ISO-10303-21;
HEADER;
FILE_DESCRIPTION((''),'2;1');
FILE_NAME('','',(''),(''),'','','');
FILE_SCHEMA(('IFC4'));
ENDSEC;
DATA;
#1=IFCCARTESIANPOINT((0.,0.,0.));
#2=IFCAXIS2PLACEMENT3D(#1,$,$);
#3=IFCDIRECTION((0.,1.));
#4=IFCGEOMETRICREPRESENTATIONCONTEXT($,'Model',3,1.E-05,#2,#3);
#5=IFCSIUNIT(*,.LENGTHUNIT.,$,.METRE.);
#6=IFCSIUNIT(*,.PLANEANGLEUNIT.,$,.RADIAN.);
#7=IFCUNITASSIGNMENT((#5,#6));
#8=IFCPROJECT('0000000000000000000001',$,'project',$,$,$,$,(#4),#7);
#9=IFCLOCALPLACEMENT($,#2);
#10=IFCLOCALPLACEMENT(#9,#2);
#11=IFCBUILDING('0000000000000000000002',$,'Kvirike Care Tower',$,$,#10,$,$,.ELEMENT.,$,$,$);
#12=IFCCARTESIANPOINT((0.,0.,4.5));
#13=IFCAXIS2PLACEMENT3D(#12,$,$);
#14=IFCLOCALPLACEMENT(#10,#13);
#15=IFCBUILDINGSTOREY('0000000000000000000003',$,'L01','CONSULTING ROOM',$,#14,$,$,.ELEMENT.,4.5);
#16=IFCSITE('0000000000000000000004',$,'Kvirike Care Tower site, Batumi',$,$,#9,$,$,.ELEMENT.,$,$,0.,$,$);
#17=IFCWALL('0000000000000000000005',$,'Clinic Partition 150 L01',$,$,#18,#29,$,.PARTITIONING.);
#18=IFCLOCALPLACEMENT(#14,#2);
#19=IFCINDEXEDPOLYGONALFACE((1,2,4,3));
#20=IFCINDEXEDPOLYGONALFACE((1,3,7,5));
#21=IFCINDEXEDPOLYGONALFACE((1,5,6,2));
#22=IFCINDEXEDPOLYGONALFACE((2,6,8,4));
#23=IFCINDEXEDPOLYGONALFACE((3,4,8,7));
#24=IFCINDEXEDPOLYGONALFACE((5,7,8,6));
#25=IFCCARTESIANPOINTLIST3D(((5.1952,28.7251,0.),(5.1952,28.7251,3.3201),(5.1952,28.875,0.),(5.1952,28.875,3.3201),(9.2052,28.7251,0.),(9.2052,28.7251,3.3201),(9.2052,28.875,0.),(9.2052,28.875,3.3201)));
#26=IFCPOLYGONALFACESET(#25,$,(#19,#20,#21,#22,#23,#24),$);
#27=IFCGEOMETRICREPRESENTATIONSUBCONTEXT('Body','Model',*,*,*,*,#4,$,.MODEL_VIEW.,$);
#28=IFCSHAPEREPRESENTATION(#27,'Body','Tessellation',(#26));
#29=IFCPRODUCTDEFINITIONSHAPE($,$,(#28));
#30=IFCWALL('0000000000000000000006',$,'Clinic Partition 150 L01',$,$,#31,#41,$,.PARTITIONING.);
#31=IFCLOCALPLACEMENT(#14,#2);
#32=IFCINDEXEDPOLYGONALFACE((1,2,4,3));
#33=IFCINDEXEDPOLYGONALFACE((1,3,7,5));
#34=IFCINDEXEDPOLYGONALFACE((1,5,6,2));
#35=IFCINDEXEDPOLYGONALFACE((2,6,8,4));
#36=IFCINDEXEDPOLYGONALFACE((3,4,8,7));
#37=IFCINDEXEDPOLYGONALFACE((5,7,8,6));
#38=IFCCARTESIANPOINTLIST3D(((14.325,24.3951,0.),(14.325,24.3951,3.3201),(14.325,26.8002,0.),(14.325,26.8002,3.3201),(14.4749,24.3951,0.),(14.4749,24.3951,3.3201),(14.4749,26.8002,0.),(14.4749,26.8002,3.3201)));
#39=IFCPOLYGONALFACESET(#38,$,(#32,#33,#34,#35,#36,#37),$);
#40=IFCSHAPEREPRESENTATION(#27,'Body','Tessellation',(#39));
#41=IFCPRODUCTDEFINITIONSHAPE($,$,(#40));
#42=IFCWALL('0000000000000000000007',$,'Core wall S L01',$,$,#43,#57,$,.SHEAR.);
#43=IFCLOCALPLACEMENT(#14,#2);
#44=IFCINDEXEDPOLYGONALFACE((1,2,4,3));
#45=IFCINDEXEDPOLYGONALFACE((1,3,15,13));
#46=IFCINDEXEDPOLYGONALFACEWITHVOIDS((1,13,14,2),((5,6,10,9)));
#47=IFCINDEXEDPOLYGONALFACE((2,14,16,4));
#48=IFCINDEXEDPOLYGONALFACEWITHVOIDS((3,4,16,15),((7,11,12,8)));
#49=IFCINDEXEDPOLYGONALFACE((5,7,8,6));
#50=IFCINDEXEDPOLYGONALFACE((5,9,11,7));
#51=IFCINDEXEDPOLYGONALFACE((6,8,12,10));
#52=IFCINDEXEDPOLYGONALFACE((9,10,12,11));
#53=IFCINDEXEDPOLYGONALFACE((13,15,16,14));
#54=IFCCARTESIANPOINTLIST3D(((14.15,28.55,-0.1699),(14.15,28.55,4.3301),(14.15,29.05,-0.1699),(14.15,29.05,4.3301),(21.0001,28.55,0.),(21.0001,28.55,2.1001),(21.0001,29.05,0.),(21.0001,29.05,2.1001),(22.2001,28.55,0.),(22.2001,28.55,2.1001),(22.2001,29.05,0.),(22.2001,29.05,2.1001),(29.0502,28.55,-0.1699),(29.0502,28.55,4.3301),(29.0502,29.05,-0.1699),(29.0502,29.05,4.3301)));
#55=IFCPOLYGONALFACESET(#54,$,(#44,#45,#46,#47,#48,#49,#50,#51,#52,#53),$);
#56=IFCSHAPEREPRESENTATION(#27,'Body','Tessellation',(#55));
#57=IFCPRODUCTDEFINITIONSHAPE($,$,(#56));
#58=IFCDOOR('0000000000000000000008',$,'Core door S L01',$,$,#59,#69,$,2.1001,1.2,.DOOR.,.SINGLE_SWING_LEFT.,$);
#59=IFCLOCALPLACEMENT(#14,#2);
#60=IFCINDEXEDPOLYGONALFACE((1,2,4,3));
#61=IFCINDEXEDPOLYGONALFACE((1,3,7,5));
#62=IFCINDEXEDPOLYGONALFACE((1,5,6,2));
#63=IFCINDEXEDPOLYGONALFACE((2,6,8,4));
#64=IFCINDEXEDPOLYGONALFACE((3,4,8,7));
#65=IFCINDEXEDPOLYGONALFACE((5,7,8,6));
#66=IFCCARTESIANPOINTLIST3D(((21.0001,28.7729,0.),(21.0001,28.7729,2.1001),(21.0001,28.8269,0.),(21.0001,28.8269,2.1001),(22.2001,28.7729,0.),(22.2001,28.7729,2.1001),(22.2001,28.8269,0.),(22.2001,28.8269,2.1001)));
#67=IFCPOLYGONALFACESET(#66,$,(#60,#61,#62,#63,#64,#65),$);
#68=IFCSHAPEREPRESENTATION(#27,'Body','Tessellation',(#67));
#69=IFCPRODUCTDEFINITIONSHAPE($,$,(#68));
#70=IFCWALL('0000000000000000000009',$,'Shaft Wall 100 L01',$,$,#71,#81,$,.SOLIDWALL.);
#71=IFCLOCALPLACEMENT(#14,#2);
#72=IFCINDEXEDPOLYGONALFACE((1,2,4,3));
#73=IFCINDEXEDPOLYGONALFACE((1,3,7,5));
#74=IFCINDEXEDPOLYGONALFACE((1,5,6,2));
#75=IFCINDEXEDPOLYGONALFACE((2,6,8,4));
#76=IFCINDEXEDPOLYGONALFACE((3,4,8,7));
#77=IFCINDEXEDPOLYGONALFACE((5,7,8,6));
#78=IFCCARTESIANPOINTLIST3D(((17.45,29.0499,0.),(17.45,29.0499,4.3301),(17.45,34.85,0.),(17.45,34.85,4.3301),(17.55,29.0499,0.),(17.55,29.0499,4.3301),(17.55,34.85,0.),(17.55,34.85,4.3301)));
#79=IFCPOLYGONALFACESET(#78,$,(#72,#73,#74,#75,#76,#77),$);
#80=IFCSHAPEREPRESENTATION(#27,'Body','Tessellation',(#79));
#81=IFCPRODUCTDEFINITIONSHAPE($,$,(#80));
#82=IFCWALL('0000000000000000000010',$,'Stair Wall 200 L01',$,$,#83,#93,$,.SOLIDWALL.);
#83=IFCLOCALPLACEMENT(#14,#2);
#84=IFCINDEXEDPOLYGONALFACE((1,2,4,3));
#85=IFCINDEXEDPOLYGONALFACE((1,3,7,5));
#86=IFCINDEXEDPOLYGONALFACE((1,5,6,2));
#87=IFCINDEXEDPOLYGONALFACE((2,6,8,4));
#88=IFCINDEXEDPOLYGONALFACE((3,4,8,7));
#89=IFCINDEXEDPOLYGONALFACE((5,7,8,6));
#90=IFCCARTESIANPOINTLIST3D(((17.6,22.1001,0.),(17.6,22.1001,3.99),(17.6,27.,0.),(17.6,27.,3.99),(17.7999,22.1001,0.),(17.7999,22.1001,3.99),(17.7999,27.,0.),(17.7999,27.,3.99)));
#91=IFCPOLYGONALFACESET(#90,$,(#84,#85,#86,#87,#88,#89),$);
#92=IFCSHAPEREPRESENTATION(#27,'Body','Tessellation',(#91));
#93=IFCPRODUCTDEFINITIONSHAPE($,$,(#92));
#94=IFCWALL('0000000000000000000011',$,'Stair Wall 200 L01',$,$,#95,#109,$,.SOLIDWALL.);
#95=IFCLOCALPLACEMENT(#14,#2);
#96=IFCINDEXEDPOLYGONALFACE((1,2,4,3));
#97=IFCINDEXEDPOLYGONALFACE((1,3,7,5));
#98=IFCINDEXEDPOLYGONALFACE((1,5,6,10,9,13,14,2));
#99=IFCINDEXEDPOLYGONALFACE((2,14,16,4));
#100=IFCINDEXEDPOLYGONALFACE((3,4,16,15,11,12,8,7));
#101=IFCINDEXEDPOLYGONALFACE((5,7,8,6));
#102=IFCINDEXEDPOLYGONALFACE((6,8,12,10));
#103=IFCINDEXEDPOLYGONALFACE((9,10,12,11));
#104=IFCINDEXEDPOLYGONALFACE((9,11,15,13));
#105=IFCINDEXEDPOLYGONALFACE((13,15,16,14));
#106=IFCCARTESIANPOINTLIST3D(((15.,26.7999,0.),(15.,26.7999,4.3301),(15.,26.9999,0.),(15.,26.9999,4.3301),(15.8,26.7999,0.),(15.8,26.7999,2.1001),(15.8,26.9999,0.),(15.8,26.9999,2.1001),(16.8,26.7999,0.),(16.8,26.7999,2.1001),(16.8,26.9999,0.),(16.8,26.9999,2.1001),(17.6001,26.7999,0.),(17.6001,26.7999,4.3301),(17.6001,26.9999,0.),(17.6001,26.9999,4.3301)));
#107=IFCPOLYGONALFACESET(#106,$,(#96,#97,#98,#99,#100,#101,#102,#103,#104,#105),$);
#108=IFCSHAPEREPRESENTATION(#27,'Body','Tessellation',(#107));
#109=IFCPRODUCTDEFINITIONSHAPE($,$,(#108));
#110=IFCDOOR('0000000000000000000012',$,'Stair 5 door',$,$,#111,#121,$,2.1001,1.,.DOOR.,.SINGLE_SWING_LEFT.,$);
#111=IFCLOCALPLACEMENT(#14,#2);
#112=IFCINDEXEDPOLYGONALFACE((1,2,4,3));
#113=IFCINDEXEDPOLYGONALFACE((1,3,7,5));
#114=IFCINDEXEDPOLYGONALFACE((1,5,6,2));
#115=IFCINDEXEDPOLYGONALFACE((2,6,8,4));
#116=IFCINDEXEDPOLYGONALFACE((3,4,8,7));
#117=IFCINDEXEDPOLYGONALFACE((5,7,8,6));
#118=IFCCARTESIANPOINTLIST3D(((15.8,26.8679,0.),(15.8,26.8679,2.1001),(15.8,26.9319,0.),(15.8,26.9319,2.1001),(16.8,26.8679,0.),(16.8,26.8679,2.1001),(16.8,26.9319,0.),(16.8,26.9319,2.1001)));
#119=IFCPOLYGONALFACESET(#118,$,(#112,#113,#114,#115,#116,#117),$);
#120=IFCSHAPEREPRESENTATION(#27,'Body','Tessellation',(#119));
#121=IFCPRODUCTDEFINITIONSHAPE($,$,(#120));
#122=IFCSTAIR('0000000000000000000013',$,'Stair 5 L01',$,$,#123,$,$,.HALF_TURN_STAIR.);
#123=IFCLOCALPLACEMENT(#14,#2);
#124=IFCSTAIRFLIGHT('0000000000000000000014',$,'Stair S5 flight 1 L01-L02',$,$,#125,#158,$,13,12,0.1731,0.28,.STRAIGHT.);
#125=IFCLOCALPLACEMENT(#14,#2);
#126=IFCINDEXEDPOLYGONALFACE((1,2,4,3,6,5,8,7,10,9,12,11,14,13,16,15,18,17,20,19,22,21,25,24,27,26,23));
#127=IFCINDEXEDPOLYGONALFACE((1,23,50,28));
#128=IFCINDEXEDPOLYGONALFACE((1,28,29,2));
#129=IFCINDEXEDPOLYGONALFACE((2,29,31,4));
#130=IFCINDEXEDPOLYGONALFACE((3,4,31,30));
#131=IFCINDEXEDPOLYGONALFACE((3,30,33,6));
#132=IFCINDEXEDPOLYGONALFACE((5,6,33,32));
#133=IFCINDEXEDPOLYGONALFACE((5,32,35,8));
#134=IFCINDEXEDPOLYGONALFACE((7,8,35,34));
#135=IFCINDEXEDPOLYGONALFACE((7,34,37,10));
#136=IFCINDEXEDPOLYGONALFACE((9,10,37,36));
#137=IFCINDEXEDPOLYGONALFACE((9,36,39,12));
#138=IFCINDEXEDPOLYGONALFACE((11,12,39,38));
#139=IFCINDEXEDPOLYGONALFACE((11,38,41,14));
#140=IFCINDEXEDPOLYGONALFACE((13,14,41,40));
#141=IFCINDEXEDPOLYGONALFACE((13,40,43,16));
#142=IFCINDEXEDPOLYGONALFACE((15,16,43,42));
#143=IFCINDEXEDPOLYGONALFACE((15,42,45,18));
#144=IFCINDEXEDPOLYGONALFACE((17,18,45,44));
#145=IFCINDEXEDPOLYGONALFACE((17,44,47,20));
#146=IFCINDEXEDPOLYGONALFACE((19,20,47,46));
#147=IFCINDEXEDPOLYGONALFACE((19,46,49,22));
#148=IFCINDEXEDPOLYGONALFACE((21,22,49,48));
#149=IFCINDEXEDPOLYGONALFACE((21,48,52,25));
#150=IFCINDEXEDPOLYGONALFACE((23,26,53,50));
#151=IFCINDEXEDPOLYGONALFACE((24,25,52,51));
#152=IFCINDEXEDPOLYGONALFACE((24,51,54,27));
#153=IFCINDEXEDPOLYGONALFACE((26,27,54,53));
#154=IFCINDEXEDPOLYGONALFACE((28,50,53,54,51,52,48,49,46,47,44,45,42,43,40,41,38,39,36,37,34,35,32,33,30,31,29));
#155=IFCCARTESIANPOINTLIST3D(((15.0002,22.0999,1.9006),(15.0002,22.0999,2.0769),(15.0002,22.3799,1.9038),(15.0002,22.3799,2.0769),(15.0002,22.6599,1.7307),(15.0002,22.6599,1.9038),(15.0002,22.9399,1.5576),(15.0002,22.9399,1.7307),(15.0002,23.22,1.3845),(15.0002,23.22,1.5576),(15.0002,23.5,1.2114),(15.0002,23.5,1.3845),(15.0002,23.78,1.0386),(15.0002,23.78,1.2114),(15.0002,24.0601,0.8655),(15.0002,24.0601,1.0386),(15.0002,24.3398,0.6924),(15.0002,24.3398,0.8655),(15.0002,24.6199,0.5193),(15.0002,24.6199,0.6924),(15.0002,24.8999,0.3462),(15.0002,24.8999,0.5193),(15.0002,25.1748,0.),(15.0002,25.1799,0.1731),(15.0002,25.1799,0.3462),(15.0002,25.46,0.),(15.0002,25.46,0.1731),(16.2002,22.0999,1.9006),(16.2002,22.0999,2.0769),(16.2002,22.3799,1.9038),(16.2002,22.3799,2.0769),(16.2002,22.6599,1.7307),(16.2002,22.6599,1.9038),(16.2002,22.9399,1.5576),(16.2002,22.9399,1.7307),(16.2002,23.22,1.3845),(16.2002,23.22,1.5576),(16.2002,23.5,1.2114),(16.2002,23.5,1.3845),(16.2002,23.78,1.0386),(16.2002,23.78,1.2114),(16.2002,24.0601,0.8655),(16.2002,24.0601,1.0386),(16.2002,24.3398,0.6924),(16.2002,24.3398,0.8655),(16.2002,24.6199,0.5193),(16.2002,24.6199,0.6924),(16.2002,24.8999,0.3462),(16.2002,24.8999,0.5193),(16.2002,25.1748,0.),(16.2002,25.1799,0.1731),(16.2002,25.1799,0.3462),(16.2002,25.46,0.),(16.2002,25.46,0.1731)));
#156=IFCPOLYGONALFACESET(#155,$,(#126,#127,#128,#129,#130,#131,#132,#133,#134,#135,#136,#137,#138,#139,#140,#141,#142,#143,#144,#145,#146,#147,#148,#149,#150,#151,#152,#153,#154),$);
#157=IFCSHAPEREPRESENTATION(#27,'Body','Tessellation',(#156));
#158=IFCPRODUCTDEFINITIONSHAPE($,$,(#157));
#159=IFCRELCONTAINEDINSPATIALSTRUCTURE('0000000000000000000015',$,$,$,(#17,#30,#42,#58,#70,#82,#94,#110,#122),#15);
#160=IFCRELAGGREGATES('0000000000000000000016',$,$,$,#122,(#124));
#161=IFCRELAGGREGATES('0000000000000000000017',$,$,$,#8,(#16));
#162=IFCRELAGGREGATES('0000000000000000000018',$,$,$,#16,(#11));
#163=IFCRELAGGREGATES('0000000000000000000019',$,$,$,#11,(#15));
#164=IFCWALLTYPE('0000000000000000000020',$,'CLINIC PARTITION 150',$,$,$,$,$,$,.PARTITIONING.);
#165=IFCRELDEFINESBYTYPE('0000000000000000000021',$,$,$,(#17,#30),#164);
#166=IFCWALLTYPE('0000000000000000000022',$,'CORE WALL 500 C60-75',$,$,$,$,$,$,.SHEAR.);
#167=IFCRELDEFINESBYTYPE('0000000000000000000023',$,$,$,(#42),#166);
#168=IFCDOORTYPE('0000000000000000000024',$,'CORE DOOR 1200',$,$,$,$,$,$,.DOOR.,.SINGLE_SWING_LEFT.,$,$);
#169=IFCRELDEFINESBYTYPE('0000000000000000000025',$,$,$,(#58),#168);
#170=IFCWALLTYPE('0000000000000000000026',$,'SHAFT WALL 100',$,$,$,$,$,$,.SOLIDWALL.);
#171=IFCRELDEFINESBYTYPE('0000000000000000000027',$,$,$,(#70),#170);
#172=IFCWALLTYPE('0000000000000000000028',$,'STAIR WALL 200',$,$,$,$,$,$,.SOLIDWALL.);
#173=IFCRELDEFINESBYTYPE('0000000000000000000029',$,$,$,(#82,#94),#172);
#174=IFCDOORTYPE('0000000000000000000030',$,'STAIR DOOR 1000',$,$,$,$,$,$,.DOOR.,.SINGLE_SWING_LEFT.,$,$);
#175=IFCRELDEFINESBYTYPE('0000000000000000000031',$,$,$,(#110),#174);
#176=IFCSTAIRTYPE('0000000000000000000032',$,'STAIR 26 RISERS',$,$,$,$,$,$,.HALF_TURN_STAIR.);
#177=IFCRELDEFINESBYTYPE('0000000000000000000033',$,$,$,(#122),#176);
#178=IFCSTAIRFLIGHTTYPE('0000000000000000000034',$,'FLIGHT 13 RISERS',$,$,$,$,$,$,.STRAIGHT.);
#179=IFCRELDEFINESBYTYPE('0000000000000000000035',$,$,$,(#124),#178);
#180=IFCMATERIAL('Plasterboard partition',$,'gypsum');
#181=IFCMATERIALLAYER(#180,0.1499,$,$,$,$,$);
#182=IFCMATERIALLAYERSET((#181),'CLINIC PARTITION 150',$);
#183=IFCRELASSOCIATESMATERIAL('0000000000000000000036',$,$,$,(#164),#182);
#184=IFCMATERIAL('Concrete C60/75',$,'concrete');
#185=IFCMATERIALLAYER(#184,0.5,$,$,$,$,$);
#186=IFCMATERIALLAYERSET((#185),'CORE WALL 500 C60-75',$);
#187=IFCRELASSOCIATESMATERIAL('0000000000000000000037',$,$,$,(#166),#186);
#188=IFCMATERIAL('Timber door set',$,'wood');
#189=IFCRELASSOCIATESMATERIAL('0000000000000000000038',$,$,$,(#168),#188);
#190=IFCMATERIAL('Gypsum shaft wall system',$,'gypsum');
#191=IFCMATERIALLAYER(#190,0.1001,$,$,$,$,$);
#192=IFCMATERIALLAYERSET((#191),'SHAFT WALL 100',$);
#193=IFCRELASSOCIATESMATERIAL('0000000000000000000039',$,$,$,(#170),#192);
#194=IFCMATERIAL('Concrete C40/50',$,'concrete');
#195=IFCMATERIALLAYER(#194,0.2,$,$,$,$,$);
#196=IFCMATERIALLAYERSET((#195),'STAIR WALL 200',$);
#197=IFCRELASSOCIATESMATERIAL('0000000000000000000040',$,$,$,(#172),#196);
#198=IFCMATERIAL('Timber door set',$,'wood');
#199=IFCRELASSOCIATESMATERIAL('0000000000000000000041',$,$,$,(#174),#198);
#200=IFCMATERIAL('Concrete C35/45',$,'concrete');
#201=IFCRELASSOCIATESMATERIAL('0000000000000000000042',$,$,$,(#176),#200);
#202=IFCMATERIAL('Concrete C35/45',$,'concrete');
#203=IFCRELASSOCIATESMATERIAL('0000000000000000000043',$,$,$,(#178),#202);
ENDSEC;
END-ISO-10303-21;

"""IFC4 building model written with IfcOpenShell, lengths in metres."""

from ifc_helpers import new_model, si_unit, direction, frame, frame_2d, origin, place, context, subcontext, project, spatial, polyline, rectangle, outline, extrude, material, layer, layer_set, type_object, element, fill, aggregate, save


model = new_model("IFC4")

# Units and contexts
model_context = context("Model", 3, precision=1e-05, world=origin(), true_north=direction((0.0, 1.0)))
body_context = subcontext(model_context, "Body", "Model", "MODEL_VIEW")
ifc_project = project(units=[si_unit("LENGTHUNIT", "METRE"), si_unit("PLANEANGLEUNIT", "RADIAN")], contexts=[model_context])

# Site, building, storey
site_placement = place(None, origin())
site = spatial("IfcSite", under=ifc_project, at=site_placement, Name="Kvirike Care Tower site, Batumi", CompositionType="ELEMENT", RefElevation=0.0)
building_placement = place(site_placement, origin())
building = spatial("IfcBuilding", under=site, at=building_placement, Name="Kvirike Care Tower", CompositionType="ELEMENT")
storey_placement = place(building_placement, frame((0.0, 0.0, 4.5)))
storey = spatial("IfcBuildingStorey", under=building, at=storey_placement, Name="L01", Description="CONSULTING ROOM", CompositionType="ELEMENT", Elevation=4.5)

# Walls
ifc_material_1 = material(Name="Plasterboard partition", Category="gypsum")
ifc_layer_1 = layer(ifc_material_1, 0.1499)
ifc_layer_set_1 = layer_set([ifc_layer_1], Name="CLINIC PARTITION 150")
wall_type_1 = type_object("IfcWallType", Name="CLINIC PARTITION 150", PredefinedType="PARTITIONING", material=ifc_layer_set_1)
wall_1_placement = place(storey_placement, frame((9.2051, 28.8, 0.0), z_axis=(0.0, 0.0, 1.0), x_axis=(-1.0, 0.0, 0.0)))
element("IfcWall", 1, at=wall_1_placement, inside=storey, type_object=wall_type_1, Name="Clinic Partition 150 L01", PredefinedType="PARTITIONING", context=body_context, shape_type="SweptSolid", body=[
    extrude(rectangle(XDim=4.01, YDim=0.1499, at=frame_2d((2.0049, 0.0))), origin(), (0.0, 0.0, 1.0), 3.3201),
])
wall_2_placement = place(storey_placement, frame((14.3999, 24.395, 0.0), z_axis=(0.0, 0.0, 1.0), x_axis=(0.0, 1.0, 0.0)))
element("IfcWall", 2, at=wall_2_placement, inside=storey, type_object=wall_type_1, Name="Clinic Partition 150 L01", PredefinedType="PARTITIONING", context=body_context, shape_type="SweptSolid", body=[
    extrude(rectangle(XDim=2.405, YDim=0.1499, at=frame_2d((1.2026, 0.0))), origin(), (0.0, 0.0, 1.0), 3.3201),
])

# Wall, opening, door
ifc_material_2 = material(Name="Concrete C60/75", Category="concrete")
ifc_layer_2 = layer(ifc_material_2, 0.5)
ifc_layer_set_2 = layer_set([ifc_layer_2], Name="CORE WALL 500 C60-75")
wall_type_2 = type_object("IfcWallType", Name="CORE WALL 500 C60-75", PredefinedType="SHEAR", material=ifc_layer_set_2)
wall_3_placement = place(storey_placement, frame((14.1499, 28.8, -0.1699), z_axis=(0.0, 0.0, 1.0), x_axis=(1.0, 0.0, 0.0)))
wall_3 = element("IfcWall", 3, at=wall_3_placement, inside=storey, type_object=wall_type_2, Name="Core wall S L01", PredefinedType="SHEAR", context=body_context, shape_type="SweptSolid", body=[
    extrude(rectangle(XDim=14.9001, YDim=0.5, at=frame_2d((7.4502, 0.0))), origin(), (0.0, 0.0, 1.0), 4.5),
])
opening_1_placement = place(wall_3_placement, frame((6.8501, 0.0, 0.1699)))
opening_1 = element("IfcOpeningElement", 4, at=opening_1_placement, cuts=wall_3, PredefinedType="OPENING", context=body_context, shape_type="SweptSolid", body=[
    extrude(rectangle(XDim=1.2, YDim=2.1001, at=frame_2d((0.6001, 1.05))), frame((0.0, 0.2605, 0.0), z_axis=(0.0, -1.0, 0.0), x_axis=(1.0, 0.0, 0.0)), (0.0, 0.0, 1.0), 0.521),
])
ifc_material_3 = material(Name="Timber door set", Category="wood")
door_type_1 = type_object("IfcDoorType", Name="CORE DOOR 1200", OperationType="SINGLE_SWING_LEFT", PredefinedType="DOOR", material=ifc_material_3)
door_1_placement = place(opening_1_placement, origin())
door_1 = element("IfcDoor", 5, at=door_1_placement, inside=storey, type_object=door_type_1, Name="Core door S L01", OperationType="SINGLE_SWING_LEFT", OverallHeight=2.1001, OverallWidth=1.2, PredefinedType="DOOR", context=body_context, shape_type="SweptSolid", body=[
    extrude(rectangle(XDim=1.2, YDim=2.1001, at=frame_2d((0.6001, 1.05))), frame((0.0, 0.0269, 0.0), z_axis=(0.0, -1.0, 0.0), x_axis=(1.0, 0.0, 0.0)), (0.0, 0.0, 1.0), 0.054),
])
fill(opening_1, door_1)

# Walls
ifc_material_4 = material(Name="Gypsum shaft wall system", Category="gypsum")
ifc_layer_3 = layer(ifc_material_4, 0.1001)
ifc_layer_set_3 = layer_set([ifc_layer_3], Name="SHAFT WALL 100")
wall_type_3 = type_object("IfcWallType", Name="SHAFT WALL 100", PredefinedType="SOLIDWALL", material=ifc_layer_set_3)
wall_4_placement = place(storey_placement, frame((17.5, 29.05, 0.0), z_axis=(0.0, 0.0, 1.0), x_axis=(0.0, 1.0, 0.0)))
element("IfcWall", 6, at=wall_4_placement, inside=storey, type_object=wall_type_3, Name="Shaft Wall 100 L01", PredefinedType="SOLIDWALL", context=body_context, shape_type="SweptSolid", body=[
    extrude(rectangle(XDim=5.8, YDim=0.1001, at=frame_2d((2.8999, 0.0))), origin(), (0.0, 0.0, 1.0), 4.3301),
])
ifc_material_5 = material(Name="Concrete C40/50", Category="concrete")
ifc_layer_4 = layer(ifc_material_5, 0.2)
ifc_layer_set_4 = layer_set([ifc_layer_4], Name="STAIR WALL 200")
wall_type_4 = type_object("IfcWallType", Name="STAIR WALL 200", PredefinedType="SOLIDWALL", material=ifc_layer_set_4)
wall_5_placement = place(storey_placement, frame((17.7, 22.1001, 0.0), z_axis=(0.0, 0.0, 1.0), x_axis=(0.0, 1.0, 0.0)))
element("IfcWall", 7, at=wall_5_placement, inside=storey, type_object=wall_type_4, Name="Stair Wall 200 L01", PredefinedType="SOLIDWALL", context=body_context, shape_type="SweptSolid", body=[
    extrude(rectangle(XDim=4.8999, YDim=0.2, at=frame_2d((2.45, 0.0))), origin(), (0.0, 0.0, 1.0), 3.99),
])

# Wall, opening, door
wall_6_placement = place(storey_placement, frame((15.0, 26.8999, 0.0), z_axis=(0.0, 0.0, 1.0), x_axis=(1.0, 0.0, 0.0)))
wall_6 = element("IfcWall", 8, at=wall_6_placement, inside=storey, type_object=wall_type_4, Name="Stair Wall 200 L01", PredefinedType="SOLIDWALL", context=body_context, shape_type="SweptSolid", body=[
    extrude(rectangle(XDim=2.6001, YDim=0.2, at=frame_2d((1.3, 0.0))), origin(), (0.0, 0.0, 1.0), 4.3301),
])
opening_2_placement = place(wall_6_placement, frame((0.8, 0.0, 0.0)))
opening_2 = element("IfcOpeningElement", 9, at=opening_2_placement, cuts=wall_6, PredefinedType="OPENING", context=body_context, shape_type="SweptSolid", body=[
    extrude(rectangle(XDim=1.0, YDim=2.1001, at=frame_2d((0.5, 1.05))), frame((0.0, 0.1106, 0.0), z_axis=(0.0, -1.0, 0.0), x_axis=(1.0, 0.0, 0.0)), (0.0, 0.0, 1.0), 0.2209),
])
ifc_material_6 = material(Name="Timber door set", Category="wood")
door_type_2 = type_object("IfcDoorType", Name="STAIR DOOR 1000", OperationType="SINGLE_SWING_LEFT", PredefinedType="DOOR", material=ifc_material_6)
door_2_placement = place(opening_2_placement, frame((1.0, 0.0, 0.0), z_axis=(0.0, 0.0, 1.0), x_axis=(-1.0, 0.0, 0.0)))
door_2 = element("IfcDoor", 10, at=door_2_placement, inside=storey, type_object=door_type_2, Name="Stair 5 door", OperationType="SINGLE_SWING_LEFT", OverallHeight=2.1001, OverallWidth=1.0, PredefinedType="DOOR", context=body_context, shape_type="SweptSolid", body=[
    extrude(rectangle(XDim=1.0, YDim=2.1001, at=frame_2d((0.5, 1.05))), frame((0.0, 0.032, 0.0), z_axis=(0.0, -1.0, 0.0), x_axis=(1.0, 0.0, 0.0)), (0.0, 0.0, 1.0), 0.064),
])
fill(opening_2, door_2)

# Stair, stair flight
ifc_material_7 = material(Name="Concrete C35/45", Category="concrete")
stair_type = type_object("IfcStairType", Name="STAIR 26 RISERS", PredefinedType="HALF_TURN_STAIR", material=ifc_material_7)
stair_placement = place(storey_placement, origin())
stair = element("IfcStair", 11, at=stair_placement, inside=storey, type_object=stair_type, Name="Stair 5 L01", PredefinedType="HALF_TURN_STAIR")
ifc_material_8 = material(Name="Concrete C35/45", Category="concrete")
stair_flight_type = type_object("IfcStairFlightType", Name="FLIGHT 13 RISERS", PredefinedType="STRAIGHT", material=ifc_material_8)
stair_flight_1_placement = place(storey_placement, frame((15.6001, 25.46, 0.0), z_axis=(0.0, 0.0, 1.0), x_axis=(0.0, -1.0, 0.0)))
stair_flight_1 = element("IfcStairFlight", 12, at=stair_flight_1_placement, type_object=stair_flight_type, Name="Stair S5 flight 1 L01-L02", NumberOfRisers=13, NumberOfTreads=12, PredefinedType="STRAIGHT", RiserHeight=0.1731, TreadLength=0.28, context=body_context, shape_type="SweptSolid", body=[
    extrude(outline(polyline([(0.0, 0.0), (0.0, 0.1731), (0.28, 0.1731), (0.28, 0.3462), (0.5601, 0.3462), (0.5601, 0.5193), (0.8401, 0.5193), (0.8401, 0.6924), (1.1201, 0.6924), (1.1201, 0.8655), (1.3999, 0.8655), (1.3999, 1.0386), (1.6799, 1.0386), (1.6799, 1.2114), (1.96, 1.2114), (1.96, 1.3845), (2.24, 1.3845), (2.24, 1.5576), (2.52, 1.5576), (2.52, 1.7307), (2.8, 1.7307), (2.8, 1.9038), (3.0801, 1.9038), (3.0801, 2.0769), (3.3601, 2.0769), (3.3601, 2.25), (3.3601, 1.9006), (0.2852, 0.0), (0.0, 0.0)])), frame((0.0, 0.6001, 0.0), z_axis=(0.0, -1.0, 0.0), x_axis=(1.0, 0.0, 0.0)), (0.0, 0.0, 1.0), 1.2),
])
aggregate(stair, [stair_flight_1])

save(model, "model.ifc")
